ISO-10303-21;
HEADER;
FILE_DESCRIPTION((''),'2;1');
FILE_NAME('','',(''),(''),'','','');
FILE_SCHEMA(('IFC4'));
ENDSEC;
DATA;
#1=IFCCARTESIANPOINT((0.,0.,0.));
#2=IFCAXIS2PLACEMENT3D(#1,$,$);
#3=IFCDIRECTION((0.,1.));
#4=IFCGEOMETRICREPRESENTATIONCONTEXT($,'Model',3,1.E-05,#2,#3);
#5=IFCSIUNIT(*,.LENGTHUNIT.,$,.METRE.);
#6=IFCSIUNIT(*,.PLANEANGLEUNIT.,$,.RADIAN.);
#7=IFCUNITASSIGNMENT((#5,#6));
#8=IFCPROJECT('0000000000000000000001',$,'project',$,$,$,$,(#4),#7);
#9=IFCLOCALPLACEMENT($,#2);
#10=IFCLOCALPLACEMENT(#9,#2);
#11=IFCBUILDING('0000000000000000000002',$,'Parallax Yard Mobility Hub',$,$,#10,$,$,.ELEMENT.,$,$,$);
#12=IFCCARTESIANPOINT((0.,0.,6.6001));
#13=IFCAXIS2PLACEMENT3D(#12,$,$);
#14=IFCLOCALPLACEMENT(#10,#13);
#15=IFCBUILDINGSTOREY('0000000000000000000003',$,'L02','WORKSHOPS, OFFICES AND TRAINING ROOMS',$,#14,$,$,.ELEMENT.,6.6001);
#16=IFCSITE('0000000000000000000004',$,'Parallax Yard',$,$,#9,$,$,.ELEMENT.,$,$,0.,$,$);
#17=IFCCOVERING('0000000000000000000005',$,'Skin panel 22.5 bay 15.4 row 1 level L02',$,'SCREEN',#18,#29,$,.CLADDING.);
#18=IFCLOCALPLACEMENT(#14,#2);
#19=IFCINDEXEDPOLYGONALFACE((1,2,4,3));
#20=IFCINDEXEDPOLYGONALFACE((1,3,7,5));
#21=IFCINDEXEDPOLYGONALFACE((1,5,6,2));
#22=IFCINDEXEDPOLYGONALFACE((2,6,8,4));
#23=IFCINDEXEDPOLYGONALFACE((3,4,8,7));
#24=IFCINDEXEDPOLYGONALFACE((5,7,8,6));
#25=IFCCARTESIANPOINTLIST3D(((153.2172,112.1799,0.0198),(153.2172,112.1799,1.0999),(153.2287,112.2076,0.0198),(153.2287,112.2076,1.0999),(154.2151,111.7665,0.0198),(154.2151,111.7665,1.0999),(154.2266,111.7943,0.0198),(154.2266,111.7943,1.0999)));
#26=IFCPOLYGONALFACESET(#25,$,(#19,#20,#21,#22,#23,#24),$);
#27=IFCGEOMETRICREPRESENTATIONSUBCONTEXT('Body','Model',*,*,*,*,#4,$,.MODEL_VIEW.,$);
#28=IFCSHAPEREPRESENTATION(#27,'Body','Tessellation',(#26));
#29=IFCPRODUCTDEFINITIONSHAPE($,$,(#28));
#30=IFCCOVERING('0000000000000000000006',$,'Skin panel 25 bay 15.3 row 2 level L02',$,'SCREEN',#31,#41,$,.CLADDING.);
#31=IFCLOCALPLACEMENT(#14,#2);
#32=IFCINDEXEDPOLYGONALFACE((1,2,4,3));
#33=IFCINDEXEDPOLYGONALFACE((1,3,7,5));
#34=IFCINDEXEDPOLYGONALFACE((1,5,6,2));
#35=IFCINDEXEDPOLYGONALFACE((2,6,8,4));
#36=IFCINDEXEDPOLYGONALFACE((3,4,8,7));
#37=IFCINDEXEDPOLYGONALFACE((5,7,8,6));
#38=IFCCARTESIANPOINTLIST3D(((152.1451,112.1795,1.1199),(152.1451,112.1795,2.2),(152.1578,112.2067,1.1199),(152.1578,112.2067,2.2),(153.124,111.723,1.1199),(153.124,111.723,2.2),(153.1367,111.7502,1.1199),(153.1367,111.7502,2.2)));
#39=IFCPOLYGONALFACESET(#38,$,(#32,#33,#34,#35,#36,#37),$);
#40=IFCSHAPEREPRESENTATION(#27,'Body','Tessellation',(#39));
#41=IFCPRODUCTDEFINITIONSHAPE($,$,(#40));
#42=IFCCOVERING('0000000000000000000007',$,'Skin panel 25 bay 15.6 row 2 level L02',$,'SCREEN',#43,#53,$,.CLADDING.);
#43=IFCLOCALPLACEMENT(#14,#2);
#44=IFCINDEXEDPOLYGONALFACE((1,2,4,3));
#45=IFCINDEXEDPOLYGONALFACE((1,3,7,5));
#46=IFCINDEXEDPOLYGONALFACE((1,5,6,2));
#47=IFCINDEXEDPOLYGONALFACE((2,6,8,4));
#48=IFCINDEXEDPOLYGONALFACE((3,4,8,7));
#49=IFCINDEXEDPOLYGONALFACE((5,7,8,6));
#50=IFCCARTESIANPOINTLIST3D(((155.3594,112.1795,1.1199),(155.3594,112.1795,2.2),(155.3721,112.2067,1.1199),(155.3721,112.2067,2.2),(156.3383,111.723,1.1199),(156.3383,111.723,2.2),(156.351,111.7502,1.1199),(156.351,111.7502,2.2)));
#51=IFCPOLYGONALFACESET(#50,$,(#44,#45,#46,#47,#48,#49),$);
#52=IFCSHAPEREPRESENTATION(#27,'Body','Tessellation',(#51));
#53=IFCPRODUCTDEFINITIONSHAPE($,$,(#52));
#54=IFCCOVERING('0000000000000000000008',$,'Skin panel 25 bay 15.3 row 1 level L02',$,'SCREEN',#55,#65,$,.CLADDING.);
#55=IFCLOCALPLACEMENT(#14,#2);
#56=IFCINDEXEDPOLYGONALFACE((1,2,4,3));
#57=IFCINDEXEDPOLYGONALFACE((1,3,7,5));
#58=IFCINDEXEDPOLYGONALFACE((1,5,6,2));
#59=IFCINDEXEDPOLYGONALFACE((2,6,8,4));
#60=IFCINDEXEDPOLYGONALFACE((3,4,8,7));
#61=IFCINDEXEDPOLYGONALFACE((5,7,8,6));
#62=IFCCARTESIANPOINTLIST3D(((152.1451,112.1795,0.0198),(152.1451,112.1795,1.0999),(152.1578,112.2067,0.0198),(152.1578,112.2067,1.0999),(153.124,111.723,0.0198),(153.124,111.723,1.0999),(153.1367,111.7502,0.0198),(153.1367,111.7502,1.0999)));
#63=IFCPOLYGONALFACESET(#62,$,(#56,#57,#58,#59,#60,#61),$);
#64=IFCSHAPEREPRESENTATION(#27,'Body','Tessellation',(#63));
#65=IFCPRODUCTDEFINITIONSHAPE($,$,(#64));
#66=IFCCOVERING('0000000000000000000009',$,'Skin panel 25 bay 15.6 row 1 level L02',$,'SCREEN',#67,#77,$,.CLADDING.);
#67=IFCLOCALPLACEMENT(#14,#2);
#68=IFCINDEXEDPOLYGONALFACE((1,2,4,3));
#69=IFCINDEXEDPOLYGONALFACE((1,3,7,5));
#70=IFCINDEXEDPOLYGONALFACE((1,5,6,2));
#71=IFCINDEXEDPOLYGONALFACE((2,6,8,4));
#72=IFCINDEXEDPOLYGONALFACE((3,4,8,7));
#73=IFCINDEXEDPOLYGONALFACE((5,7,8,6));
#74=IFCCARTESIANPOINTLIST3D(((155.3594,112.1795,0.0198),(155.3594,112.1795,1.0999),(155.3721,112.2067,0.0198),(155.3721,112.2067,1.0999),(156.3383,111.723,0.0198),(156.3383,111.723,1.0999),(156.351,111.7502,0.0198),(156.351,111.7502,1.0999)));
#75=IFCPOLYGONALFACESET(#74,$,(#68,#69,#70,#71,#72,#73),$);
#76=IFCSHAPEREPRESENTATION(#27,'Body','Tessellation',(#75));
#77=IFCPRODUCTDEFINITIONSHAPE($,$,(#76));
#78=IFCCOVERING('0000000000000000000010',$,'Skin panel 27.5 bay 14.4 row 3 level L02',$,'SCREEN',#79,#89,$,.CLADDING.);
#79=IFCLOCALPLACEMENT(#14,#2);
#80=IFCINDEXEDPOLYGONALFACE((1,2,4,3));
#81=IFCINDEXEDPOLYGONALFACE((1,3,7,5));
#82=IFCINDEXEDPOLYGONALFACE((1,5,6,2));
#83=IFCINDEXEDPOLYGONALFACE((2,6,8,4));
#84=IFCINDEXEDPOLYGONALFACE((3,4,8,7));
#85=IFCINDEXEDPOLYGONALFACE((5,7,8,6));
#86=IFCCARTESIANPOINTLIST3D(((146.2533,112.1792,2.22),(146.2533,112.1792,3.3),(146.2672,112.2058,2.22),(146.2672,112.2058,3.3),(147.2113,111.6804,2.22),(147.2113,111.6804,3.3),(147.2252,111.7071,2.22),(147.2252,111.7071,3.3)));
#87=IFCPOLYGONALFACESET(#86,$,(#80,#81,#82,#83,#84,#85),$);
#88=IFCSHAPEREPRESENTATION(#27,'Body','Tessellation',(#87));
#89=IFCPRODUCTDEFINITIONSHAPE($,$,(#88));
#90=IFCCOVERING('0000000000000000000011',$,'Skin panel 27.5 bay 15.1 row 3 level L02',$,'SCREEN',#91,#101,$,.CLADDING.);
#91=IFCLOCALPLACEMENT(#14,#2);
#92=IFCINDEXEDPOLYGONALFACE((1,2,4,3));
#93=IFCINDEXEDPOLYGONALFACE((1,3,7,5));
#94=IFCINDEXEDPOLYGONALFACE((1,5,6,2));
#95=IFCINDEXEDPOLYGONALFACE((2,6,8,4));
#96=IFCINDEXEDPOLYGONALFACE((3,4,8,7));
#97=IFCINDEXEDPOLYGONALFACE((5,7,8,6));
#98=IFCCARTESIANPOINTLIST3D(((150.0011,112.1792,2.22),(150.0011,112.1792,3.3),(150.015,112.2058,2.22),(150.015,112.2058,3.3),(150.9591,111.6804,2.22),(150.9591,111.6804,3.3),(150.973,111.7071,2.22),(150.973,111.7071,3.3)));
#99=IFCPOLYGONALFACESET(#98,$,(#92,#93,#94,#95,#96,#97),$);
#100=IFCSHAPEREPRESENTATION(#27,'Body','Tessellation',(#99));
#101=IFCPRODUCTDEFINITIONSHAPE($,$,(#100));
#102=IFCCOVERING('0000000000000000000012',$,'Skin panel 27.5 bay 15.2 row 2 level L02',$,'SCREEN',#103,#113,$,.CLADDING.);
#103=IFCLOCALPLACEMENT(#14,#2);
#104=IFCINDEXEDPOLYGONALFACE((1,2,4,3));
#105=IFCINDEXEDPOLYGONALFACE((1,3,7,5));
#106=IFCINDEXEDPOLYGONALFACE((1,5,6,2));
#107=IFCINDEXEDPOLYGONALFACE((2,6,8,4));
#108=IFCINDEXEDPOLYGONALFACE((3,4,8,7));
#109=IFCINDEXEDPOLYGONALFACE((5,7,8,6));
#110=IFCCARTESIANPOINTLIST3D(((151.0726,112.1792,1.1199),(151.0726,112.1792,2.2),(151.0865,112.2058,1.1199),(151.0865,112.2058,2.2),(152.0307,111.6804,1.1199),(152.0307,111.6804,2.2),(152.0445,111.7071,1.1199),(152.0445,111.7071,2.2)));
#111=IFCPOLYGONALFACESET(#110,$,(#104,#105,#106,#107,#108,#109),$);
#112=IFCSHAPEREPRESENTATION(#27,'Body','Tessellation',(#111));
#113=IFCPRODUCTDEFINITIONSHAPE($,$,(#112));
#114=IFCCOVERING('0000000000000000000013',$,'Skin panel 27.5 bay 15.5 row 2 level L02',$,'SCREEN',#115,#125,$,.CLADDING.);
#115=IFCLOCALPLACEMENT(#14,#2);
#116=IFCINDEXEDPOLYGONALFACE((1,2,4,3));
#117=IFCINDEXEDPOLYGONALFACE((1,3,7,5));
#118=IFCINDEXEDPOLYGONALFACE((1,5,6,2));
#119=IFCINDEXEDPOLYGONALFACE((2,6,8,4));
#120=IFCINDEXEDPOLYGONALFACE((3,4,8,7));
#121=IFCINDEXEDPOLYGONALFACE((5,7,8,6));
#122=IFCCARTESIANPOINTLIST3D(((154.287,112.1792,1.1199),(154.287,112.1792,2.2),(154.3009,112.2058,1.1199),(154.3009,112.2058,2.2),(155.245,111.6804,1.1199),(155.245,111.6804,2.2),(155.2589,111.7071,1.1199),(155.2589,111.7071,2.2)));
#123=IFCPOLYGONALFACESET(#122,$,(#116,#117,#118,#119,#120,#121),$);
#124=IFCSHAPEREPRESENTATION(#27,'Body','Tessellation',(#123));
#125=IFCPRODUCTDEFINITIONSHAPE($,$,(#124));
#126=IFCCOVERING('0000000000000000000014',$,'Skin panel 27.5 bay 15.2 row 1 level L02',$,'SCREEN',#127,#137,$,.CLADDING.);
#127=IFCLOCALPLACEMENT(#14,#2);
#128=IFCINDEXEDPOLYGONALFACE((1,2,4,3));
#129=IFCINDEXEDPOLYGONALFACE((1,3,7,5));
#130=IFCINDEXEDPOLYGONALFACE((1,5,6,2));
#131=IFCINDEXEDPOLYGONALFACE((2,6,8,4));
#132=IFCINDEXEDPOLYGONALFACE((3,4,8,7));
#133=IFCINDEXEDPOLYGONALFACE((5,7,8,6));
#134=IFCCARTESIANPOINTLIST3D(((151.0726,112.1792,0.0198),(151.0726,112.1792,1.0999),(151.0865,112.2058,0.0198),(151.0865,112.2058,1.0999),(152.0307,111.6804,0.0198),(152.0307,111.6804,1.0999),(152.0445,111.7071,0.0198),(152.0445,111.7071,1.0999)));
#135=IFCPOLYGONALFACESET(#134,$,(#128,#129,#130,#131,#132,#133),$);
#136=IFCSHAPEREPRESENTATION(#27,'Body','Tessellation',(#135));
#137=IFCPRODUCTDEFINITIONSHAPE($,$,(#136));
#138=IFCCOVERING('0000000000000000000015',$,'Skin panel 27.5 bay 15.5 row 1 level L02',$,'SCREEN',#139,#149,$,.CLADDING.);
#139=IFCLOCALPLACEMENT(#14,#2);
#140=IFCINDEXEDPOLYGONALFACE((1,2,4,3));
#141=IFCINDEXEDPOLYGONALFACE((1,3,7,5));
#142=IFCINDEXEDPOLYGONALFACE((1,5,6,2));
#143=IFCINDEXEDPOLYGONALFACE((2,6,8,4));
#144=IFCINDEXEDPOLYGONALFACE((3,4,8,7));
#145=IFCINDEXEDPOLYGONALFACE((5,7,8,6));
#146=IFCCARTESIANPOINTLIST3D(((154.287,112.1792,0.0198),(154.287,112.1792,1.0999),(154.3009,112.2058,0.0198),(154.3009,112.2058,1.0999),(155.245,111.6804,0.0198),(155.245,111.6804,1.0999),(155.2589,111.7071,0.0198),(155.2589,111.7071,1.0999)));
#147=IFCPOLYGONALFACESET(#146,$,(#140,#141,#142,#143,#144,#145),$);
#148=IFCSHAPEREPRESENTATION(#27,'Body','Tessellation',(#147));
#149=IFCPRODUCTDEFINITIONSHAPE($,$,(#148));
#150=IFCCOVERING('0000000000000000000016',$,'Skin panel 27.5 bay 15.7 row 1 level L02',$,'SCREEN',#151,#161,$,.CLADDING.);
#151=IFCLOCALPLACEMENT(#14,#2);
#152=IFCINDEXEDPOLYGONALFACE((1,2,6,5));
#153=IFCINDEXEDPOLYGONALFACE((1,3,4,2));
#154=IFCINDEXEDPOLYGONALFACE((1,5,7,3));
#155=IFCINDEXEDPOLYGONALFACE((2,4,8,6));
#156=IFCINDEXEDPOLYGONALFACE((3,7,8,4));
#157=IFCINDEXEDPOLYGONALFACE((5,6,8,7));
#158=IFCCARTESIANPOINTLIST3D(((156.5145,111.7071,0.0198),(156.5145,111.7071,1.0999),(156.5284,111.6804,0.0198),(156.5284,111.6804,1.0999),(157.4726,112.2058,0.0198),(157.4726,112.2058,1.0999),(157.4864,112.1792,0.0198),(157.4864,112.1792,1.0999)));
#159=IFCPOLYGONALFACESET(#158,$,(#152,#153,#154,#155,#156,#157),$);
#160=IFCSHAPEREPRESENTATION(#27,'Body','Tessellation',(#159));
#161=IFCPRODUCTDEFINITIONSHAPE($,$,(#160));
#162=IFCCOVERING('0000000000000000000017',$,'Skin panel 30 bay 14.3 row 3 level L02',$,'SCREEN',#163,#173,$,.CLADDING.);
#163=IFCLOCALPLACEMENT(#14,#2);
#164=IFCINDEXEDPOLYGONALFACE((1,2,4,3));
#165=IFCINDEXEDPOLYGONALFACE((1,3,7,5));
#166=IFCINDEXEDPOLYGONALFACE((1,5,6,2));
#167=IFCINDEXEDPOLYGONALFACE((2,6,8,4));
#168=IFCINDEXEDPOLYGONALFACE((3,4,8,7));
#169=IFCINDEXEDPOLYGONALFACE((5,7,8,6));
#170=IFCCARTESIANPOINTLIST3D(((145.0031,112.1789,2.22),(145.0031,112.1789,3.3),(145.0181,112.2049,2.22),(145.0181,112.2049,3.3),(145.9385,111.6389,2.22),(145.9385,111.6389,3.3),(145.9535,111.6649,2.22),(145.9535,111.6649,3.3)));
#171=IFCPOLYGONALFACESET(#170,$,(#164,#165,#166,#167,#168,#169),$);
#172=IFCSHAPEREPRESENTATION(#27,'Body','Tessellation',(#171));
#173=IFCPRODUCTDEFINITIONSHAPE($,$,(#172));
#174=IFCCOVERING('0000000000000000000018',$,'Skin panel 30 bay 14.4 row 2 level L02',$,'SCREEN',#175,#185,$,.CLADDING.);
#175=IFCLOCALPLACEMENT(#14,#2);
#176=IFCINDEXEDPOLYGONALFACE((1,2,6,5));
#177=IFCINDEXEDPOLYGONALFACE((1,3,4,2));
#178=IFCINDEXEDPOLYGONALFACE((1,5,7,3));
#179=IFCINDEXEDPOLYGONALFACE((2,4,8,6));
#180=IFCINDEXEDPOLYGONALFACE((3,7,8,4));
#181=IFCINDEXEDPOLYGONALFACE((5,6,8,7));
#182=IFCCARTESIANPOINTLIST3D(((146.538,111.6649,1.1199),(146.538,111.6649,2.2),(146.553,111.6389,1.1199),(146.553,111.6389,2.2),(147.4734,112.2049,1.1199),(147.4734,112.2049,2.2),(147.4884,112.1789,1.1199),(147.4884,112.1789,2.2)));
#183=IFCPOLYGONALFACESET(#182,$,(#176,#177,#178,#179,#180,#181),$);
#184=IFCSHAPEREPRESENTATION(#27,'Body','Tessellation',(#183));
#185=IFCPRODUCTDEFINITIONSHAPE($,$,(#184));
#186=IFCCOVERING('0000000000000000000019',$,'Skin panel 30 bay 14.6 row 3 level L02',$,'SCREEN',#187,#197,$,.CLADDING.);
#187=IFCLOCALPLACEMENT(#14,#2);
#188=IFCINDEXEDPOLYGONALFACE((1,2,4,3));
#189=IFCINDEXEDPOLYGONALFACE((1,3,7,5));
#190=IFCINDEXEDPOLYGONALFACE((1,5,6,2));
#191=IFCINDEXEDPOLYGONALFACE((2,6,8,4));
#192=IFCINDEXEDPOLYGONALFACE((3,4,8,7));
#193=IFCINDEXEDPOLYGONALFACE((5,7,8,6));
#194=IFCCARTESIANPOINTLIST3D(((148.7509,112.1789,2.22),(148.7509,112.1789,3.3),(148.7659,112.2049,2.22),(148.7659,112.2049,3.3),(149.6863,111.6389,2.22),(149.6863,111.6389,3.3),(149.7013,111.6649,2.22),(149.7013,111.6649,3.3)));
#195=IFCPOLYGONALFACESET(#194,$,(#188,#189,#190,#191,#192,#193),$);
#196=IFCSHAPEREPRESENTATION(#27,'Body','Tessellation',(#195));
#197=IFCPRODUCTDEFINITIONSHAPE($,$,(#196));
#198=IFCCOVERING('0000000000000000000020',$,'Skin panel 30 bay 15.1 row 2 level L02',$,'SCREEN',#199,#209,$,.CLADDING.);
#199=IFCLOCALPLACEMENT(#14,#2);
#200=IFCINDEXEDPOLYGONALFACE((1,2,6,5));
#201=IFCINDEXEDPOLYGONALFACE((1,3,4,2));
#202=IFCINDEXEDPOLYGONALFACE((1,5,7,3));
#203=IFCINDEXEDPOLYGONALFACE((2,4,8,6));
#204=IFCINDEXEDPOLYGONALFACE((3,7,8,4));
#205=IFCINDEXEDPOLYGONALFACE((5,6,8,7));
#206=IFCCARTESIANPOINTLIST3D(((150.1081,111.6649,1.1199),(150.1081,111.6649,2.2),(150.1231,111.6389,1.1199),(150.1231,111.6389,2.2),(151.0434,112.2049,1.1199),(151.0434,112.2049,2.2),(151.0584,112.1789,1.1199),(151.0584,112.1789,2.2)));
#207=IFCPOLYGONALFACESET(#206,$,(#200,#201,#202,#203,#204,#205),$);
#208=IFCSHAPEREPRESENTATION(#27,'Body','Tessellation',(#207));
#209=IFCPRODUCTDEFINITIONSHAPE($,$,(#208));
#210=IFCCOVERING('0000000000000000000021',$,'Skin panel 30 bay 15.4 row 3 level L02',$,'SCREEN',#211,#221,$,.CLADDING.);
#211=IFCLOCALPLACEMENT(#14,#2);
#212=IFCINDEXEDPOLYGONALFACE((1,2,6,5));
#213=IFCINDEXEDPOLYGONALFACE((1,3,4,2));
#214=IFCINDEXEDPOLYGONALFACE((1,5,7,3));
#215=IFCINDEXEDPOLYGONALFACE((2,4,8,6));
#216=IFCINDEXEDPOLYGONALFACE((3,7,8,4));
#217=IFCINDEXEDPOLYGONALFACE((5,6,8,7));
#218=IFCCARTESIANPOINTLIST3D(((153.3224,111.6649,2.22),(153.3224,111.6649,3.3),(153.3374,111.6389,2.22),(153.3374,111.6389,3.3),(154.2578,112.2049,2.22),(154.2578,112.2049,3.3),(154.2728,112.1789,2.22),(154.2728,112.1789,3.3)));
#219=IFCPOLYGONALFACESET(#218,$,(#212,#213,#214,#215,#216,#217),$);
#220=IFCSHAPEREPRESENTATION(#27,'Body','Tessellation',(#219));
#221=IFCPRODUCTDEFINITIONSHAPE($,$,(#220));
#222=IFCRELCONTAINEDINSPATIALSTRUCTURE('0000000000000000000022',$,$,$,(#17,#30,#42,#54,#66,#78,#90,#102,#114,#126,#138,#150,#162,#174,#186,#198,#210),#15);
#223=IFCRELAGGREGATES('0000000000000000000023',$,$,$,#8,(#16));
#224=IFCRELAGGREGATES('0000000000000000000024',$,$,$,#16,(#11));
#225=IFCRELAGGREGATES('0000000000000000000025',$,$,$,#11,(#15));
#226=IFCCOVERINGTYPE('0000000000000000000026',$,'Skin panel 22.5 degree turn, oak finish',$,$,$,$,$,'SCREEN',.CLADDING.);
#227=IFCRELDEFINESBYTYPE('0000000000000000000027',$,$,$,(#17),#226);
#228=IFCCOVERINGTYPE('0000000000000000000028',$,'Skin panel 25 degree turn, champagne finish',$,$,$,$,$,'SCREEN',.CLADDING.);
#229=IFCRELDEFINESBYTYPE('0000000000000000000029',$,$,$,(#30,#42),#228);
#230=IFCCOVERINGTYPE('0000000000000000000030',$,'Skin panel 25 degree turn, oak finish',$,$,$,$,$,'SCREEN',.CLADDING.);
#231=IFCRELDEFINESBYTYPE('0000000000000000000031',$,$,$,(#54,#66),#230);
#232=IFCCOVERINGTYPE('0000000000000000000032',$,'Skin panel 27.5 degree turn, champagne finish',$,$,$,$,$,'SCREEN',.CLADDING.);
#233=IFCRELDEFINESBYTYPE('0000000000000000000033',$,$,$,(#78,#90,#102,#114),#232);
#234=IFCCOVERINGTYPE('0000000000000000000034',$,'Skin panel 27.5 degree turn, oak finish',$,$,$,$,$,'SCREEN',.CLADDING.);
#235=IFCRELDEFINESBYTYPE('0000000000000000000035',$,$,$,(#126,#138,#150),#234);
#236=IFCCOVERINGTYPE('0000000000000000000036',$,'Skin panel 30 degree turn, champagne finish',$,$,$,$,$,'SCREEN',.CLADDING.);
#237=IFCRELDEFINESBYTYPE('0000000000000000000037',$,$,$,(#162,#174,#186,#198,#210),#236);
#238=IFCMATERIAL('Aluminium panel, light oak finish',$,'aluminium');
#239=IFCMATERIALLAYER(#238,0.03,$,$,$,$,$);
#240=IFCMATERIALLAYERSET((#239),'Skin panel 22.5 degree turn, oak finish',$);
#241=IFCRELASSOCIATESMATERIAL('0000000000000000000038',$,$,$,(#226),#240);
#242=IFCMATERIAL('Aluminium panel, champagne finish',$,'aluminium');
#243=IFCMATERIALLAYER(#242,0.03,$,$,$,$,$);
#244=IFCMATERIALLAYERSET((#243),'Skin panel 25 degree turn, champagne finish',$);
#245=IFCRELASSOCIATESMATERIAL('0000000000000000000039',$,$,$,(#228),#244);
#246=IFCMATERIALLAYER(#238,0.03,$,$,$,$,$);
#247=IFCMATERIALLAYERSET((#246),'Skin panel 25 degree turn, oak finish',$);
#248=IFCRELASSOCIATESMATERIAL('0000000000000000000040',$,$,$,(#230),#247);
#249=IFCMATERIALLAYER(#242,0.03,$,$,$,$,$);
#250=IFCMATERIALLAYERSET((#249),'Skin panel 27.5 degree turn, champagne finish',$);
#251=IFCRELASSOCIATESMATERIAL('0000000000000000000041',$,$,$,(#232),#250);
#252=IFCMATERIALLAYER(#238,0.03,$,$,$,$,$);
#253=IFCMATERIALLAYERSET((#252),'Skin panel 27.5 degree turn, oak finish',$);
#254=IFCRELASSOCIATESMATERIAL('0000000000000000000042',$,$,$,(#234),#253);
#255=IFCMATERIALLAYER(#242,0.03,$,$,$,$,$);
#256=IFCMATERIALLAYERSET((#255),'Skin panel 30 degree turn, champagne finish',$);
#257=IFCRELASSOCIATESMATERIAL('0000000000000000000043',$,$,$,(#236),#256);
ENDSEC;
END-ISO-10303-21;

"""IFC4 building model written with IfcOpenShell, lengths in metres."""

from ifc_helpers import new_model, si_unit, direction, frame, origin, origin_2d, place, context, subcontext, project, spatial, rectangle, extrude, material, layer, layer_set, type_object, element, save


model = new_model("IFC4")

# Units and contexts
model_context = context("Model", 3, precision=1e-05, world=origin(), true_north=direction((0.0, 1.0)))
body_context = subcontext(model_context, "Body", "Model", "MODEL_VIEW")
ifc_project = project(units=[si_unit("LENGTHUNIT", "METRE"), si_unit("PLANEANGLEUNIT", "RADIAN")], contexts=[model_context])

# Site, building, storey
site_placement = place(None, origin())
site = spatial("IfcSite", under=ifc_project, at=site_placement, Name="Parallax Yard", CompositionType="ELEMENT", RefElevation=0.0)
building_placement = place(site_placement, origin())
building = spatial("IfcBuilding", under=site, at=building_placement, Name="Parallax Yard Mobility Hub", CompositionType="ELEMENT")
storey_placement = place(building_placement, frame((0.0, 0.0, 6.6001)))
storey = spatial("IfcBuildingStorey", under=building, at=storey_placement, Name="L02", Description="WORKSHOPS, OFFICES AND TRAINING ROOMS", CompositionType="ELEMENT", Elevation=6.6001)

# Coverings
ifc_material_1 = material(Name="Aluminium panel, light oak finish", Category="aluminium")
ifc_layer_1 = layer(ifc_material_1, 0.03)
ifc_layer_set_1 = layer_set([ifc_layer_1], Name="Skin panel 22.5 degree turn, oak finish")
covering_type_1 = type_object("IfcCoveringType", Name="Skin panel 22.5 degree turn, oak finish", ElementType="SCREEN", PredefinedType="CLADDING", material=ifc_layer_set_1)
covering_1_placement = place(storey_placement, frame((153.7219, 111.9871, 0.0198), z_axis=(0.0, 0.0, 1.0), x_axis=(0.92388, -0.382683, 0.0)))
element("IfcCovering", 1, at=covering_1_placement, inside=storey, type_object=covering_type_1, Name="Skin panel 22.5 bay 15.4 row 1 level L02", ObjectType="SCREEN", PredefinedType="CLADDING", context=body_context, shape_type="SweptSolid", body=[
    extrude(rectangle(XDim=1.0801, YDim=0.03, at=origin_2d()), origin(), (0.0, 0.0, 1.0), 1.0801),
])
ifc_material_2 = material(Name="Aluminium panel, champagne finish", Category="aluminium")
ifc_layer_2 = layer(ifc_material_2, 0.03)
ifc_layer_set_2 = layer_set([ifc_layer_2], Name="Skin panel 25 degree turn, champagne finish")
covering_type_2 = type_object("IfcCoveringType", Name="Skin panel 25 degree turn, champagne finish", ElementType="SCREEN", PredefinedType="CLADDING", material=ifc_layer_set_2)
for number, where, z_axis, x_axis, name in (
    (2, (152.6409, 111.9648, 1.1199), (0.0, 0.0, 1.0), (0.906308, -0.422618, 0.0), "Skin panel 25 bay 15.3 row 2 level L02"),
    (3, (155.8552, 111.9648, 1.1199), (0.0, 0.0, 1.0), (0.906308, -0.422618, 0.0), "Skin panel 25 bay 15.6 row 2 level L02"),
):
    element("IfcCovering", number, at=place(storey_placement, frame(where, z_axis=z_axis, x_axis=x_axis)), inside=storey, type_object=covering_type_2, Name=name, ObjectType="SCREEN", PredefinedType="CLADDING", context=body_context, shape_type="SweptSolid", body=[
        extrude(rectangle(XDim=1.0801, YDim=0.03, at=origin_2d()), origin(), (0.0, 0.0, 1.0), 1.0801),
    ])
ifc_layer_3 = layer(ifc_material_1, 0.03)
ifc_layer_set_3 = layer_set([ifc_layer_3], Name="Skin panel 25 degree turn, oak finish")
covering_type_3 = type_object("IfcCoveringType", Name="Skin panel 25 degree turn, oak finish", ElementType="SCREEN", PredefinedType="CLADDING", material=ifc_layer_set_3)
for number, where, z_axis, x_axis, name in (
    (4, (152.6409, 111.9648, 0.0198), (0.0, 0.0, 1.0), (0.906308, -0.422618, 0.0), "Skin panel 25 bay 15.3 row 1 level L02"),
    (5, (155.8552, 111.9648, 0.0198), (0.0, 0.0, 1.0), (0.906308, -0.422618, 0.0), "Skin panel 25 bay 15.6 row 1 level L02"),
):
    element("IfcCovering", number, at=place(storey_placement, frame(where, z_axis=z_axis, x_axis=x_axis)), inside=storey, type_object=covering_type_3, Name=name, ObjectType="SCREEN", PredefinedType="CLADDING", context=body_context, shape_type="SweptSolid", body=[
        extrude(rectangle(XDim=1.0801, YDim=0.03, at=origin_2d()), origin(), (0.0, 0.0, 1.0), 1.0801),
    ])
ifc_layer_4 = layer(ifc_material_2, 0.03)
ifc_layer_set_4 = layer_set([ifc_layer_4], Name="Skin panel 27.5 degree turn, champagne finish")
covering_type_4 = type_object("IfcCoveringType", Name="Skin panel 27.5 degree turn, champagne finish", ElementType="SCREEN", PredefinedType="CLADDING", material=ifc_layer_set_4)
for number, where, z_axis, x_axis, name in (
    (6, (146.7393, 111.9431, 2.22), (0.0, 0.0, 1.0), (0.887011, -0.461749, 0.0), "Skin panel 27.5 bay 14.4 row 3 level L02"),
    (7, (150.4871, 111.9431, 2.22), (0.0, 0.0, 1.0), (0.887011, -0.461749, 0.0), "Skin panel 27.5 bay 15.1 row 3 level L02"),
    (8, (151.5586, 111.9431, 1.1199), (0.0, 0.0, 1.0), (0.887011, -0.461749, 0.0), "Skin panel 27.5 bay 15.2 row 2 level L02"),
    (9, (154.7729, 111.9431, 1.1199), (0.0, 0.0, 1.0), (0.887011, -0.461749, 0.0), "Skin panel 27.5 bay 15.5 row 2 level L02"),
):
    element("IfcCovering", number, at=place(storey_placement, frame(where, z_axis=z_axis, x_axis=x_axis)), inside=storey, type_object=covering_type_4, Name=name, ObjectType="SCREEN", PredefinedType="CLADDING", context=body_context, shape_type="SweptSolid", body=[
        extrude(rectangle(XDim=1.0801, YDim=0.03, at=origin_2d()), origin(), (0.0, 0.0, 1.0), 1.0801),
    ])
ifc_layer_5 = layer(ifc_material_1, 0.03)
ifc_layer_set_5 = layer_set([ifc_layer_5], Name="Skin panel 27.5 degree turn, oak finish")
covering_type_5 = type_object("IfcCoveringType", Name="Skin panel 27.5 degree turn, oak finish", ElementType="SCREEN", PredefinedType="CLADDING", material=ifc_layer_set_5)
for number, where, z_axis, x_axis, name in (
    (10, (151.5586, 111.9431, 0.0198), (0.0, 0.0, 1.0), (0.887011, -0.461749, 0.0), "Skin panel 27.5 bay 15.2 row 1 level L02"),
    (11, (154.7729, 111.9431, 0.0198), (0.0, 0.0, 1.0), (0.887011, -0.461749, 0.0), "Skin panel 27.5 bay 15.5 row 1 level L02"),
    (12, (157.0005, 111.9431, 0.0198), (0.0, 0.0, 1.0), (-0.887011, -0.461749, 0.0), "Skin panel 27.5 bay 15.7 row 1 level L02"),
):
    element("IfcCovering", number, at=place(storey_placement, frame(where, z_axis=z_axis, x_axis=x_axis)), inside=storey, type_object=covering_type_5, Name=name, ObjectType="SCREEN", PredefinedType="CLADDING", context=body_context, shape_type="SweptSolid", body=[
        extrude(rectangle(XDim=1.0801, YDim=0.03, at=origin_2d()), origin(), (0.0, 0.0, 1.0), 1.0801),
    ])
ifc_layer_6 = layer(ifc_material_2, 0.03)
ifc_layer_set_6 = layer_set([ifc_layer_6], Name="Skin panel 30 degree turn, champagne finish")
covering_type_6 = type_object("IfcCoveringType", Name="Skin panel 30 degree turn, champagne finish", ElementType="SCREEN", PredefinedType="CLADDING", material=ifc_layer_set_6)
for number, where, z_axis, x_axis, name in (
    (13, (145.4783, 111.9219, 2.22), (0.0, 0.0, 1.0), (0.866025, -0.5, 0.0), "Skin panel 30 bay 14.3 row 3 level L02"),
    (14, (147.0132, 111.9219, 1.1199), (0.0, 0.0, 1.0), (-0.866025, -0.5, 0.0), "Skin panel 30 bay 14.4 row 2 level L02"),
    (15, (149.2261, 111.9219, 2.22), (0.0, 0.0, 1.0), (0.866025, -0.5, 0.0), "Skin panel 30 bay 14.6 row 3 level L02"),
    (16, (150.5833, 111.9219, 1.1199), (0.0, 0.0, 1.0), (-0.866025, -0.5, 0.0), "Skin panel 30 bay 15.1 row 2 level L02"),
    (17, (153.7976, 111.9219, 2.22), (0.0, 0.0, 1.0), (-0.866025, -0.5, 0.0), "Skin panel 30 bay 15.4 row 3 level L02"),
):
    element("IfcCovering", number, at=place(storey_placement, frame(where, z_axis=z_axis, x_axis=x_axis)), inside=storey, type_object=covering_type_6, Name=name, ObjectType="SCREEN", PredefinedType="CLADDING", context=body_context, shape_type="SweptSolid", body=[
        extrude(rectangle(XDim=1.0801, YDim=0.03, at=origin_2d()), origin(), (0.0, 0.0, 1.0), 1.0801),
    ])

save(model, "model.ifc")
